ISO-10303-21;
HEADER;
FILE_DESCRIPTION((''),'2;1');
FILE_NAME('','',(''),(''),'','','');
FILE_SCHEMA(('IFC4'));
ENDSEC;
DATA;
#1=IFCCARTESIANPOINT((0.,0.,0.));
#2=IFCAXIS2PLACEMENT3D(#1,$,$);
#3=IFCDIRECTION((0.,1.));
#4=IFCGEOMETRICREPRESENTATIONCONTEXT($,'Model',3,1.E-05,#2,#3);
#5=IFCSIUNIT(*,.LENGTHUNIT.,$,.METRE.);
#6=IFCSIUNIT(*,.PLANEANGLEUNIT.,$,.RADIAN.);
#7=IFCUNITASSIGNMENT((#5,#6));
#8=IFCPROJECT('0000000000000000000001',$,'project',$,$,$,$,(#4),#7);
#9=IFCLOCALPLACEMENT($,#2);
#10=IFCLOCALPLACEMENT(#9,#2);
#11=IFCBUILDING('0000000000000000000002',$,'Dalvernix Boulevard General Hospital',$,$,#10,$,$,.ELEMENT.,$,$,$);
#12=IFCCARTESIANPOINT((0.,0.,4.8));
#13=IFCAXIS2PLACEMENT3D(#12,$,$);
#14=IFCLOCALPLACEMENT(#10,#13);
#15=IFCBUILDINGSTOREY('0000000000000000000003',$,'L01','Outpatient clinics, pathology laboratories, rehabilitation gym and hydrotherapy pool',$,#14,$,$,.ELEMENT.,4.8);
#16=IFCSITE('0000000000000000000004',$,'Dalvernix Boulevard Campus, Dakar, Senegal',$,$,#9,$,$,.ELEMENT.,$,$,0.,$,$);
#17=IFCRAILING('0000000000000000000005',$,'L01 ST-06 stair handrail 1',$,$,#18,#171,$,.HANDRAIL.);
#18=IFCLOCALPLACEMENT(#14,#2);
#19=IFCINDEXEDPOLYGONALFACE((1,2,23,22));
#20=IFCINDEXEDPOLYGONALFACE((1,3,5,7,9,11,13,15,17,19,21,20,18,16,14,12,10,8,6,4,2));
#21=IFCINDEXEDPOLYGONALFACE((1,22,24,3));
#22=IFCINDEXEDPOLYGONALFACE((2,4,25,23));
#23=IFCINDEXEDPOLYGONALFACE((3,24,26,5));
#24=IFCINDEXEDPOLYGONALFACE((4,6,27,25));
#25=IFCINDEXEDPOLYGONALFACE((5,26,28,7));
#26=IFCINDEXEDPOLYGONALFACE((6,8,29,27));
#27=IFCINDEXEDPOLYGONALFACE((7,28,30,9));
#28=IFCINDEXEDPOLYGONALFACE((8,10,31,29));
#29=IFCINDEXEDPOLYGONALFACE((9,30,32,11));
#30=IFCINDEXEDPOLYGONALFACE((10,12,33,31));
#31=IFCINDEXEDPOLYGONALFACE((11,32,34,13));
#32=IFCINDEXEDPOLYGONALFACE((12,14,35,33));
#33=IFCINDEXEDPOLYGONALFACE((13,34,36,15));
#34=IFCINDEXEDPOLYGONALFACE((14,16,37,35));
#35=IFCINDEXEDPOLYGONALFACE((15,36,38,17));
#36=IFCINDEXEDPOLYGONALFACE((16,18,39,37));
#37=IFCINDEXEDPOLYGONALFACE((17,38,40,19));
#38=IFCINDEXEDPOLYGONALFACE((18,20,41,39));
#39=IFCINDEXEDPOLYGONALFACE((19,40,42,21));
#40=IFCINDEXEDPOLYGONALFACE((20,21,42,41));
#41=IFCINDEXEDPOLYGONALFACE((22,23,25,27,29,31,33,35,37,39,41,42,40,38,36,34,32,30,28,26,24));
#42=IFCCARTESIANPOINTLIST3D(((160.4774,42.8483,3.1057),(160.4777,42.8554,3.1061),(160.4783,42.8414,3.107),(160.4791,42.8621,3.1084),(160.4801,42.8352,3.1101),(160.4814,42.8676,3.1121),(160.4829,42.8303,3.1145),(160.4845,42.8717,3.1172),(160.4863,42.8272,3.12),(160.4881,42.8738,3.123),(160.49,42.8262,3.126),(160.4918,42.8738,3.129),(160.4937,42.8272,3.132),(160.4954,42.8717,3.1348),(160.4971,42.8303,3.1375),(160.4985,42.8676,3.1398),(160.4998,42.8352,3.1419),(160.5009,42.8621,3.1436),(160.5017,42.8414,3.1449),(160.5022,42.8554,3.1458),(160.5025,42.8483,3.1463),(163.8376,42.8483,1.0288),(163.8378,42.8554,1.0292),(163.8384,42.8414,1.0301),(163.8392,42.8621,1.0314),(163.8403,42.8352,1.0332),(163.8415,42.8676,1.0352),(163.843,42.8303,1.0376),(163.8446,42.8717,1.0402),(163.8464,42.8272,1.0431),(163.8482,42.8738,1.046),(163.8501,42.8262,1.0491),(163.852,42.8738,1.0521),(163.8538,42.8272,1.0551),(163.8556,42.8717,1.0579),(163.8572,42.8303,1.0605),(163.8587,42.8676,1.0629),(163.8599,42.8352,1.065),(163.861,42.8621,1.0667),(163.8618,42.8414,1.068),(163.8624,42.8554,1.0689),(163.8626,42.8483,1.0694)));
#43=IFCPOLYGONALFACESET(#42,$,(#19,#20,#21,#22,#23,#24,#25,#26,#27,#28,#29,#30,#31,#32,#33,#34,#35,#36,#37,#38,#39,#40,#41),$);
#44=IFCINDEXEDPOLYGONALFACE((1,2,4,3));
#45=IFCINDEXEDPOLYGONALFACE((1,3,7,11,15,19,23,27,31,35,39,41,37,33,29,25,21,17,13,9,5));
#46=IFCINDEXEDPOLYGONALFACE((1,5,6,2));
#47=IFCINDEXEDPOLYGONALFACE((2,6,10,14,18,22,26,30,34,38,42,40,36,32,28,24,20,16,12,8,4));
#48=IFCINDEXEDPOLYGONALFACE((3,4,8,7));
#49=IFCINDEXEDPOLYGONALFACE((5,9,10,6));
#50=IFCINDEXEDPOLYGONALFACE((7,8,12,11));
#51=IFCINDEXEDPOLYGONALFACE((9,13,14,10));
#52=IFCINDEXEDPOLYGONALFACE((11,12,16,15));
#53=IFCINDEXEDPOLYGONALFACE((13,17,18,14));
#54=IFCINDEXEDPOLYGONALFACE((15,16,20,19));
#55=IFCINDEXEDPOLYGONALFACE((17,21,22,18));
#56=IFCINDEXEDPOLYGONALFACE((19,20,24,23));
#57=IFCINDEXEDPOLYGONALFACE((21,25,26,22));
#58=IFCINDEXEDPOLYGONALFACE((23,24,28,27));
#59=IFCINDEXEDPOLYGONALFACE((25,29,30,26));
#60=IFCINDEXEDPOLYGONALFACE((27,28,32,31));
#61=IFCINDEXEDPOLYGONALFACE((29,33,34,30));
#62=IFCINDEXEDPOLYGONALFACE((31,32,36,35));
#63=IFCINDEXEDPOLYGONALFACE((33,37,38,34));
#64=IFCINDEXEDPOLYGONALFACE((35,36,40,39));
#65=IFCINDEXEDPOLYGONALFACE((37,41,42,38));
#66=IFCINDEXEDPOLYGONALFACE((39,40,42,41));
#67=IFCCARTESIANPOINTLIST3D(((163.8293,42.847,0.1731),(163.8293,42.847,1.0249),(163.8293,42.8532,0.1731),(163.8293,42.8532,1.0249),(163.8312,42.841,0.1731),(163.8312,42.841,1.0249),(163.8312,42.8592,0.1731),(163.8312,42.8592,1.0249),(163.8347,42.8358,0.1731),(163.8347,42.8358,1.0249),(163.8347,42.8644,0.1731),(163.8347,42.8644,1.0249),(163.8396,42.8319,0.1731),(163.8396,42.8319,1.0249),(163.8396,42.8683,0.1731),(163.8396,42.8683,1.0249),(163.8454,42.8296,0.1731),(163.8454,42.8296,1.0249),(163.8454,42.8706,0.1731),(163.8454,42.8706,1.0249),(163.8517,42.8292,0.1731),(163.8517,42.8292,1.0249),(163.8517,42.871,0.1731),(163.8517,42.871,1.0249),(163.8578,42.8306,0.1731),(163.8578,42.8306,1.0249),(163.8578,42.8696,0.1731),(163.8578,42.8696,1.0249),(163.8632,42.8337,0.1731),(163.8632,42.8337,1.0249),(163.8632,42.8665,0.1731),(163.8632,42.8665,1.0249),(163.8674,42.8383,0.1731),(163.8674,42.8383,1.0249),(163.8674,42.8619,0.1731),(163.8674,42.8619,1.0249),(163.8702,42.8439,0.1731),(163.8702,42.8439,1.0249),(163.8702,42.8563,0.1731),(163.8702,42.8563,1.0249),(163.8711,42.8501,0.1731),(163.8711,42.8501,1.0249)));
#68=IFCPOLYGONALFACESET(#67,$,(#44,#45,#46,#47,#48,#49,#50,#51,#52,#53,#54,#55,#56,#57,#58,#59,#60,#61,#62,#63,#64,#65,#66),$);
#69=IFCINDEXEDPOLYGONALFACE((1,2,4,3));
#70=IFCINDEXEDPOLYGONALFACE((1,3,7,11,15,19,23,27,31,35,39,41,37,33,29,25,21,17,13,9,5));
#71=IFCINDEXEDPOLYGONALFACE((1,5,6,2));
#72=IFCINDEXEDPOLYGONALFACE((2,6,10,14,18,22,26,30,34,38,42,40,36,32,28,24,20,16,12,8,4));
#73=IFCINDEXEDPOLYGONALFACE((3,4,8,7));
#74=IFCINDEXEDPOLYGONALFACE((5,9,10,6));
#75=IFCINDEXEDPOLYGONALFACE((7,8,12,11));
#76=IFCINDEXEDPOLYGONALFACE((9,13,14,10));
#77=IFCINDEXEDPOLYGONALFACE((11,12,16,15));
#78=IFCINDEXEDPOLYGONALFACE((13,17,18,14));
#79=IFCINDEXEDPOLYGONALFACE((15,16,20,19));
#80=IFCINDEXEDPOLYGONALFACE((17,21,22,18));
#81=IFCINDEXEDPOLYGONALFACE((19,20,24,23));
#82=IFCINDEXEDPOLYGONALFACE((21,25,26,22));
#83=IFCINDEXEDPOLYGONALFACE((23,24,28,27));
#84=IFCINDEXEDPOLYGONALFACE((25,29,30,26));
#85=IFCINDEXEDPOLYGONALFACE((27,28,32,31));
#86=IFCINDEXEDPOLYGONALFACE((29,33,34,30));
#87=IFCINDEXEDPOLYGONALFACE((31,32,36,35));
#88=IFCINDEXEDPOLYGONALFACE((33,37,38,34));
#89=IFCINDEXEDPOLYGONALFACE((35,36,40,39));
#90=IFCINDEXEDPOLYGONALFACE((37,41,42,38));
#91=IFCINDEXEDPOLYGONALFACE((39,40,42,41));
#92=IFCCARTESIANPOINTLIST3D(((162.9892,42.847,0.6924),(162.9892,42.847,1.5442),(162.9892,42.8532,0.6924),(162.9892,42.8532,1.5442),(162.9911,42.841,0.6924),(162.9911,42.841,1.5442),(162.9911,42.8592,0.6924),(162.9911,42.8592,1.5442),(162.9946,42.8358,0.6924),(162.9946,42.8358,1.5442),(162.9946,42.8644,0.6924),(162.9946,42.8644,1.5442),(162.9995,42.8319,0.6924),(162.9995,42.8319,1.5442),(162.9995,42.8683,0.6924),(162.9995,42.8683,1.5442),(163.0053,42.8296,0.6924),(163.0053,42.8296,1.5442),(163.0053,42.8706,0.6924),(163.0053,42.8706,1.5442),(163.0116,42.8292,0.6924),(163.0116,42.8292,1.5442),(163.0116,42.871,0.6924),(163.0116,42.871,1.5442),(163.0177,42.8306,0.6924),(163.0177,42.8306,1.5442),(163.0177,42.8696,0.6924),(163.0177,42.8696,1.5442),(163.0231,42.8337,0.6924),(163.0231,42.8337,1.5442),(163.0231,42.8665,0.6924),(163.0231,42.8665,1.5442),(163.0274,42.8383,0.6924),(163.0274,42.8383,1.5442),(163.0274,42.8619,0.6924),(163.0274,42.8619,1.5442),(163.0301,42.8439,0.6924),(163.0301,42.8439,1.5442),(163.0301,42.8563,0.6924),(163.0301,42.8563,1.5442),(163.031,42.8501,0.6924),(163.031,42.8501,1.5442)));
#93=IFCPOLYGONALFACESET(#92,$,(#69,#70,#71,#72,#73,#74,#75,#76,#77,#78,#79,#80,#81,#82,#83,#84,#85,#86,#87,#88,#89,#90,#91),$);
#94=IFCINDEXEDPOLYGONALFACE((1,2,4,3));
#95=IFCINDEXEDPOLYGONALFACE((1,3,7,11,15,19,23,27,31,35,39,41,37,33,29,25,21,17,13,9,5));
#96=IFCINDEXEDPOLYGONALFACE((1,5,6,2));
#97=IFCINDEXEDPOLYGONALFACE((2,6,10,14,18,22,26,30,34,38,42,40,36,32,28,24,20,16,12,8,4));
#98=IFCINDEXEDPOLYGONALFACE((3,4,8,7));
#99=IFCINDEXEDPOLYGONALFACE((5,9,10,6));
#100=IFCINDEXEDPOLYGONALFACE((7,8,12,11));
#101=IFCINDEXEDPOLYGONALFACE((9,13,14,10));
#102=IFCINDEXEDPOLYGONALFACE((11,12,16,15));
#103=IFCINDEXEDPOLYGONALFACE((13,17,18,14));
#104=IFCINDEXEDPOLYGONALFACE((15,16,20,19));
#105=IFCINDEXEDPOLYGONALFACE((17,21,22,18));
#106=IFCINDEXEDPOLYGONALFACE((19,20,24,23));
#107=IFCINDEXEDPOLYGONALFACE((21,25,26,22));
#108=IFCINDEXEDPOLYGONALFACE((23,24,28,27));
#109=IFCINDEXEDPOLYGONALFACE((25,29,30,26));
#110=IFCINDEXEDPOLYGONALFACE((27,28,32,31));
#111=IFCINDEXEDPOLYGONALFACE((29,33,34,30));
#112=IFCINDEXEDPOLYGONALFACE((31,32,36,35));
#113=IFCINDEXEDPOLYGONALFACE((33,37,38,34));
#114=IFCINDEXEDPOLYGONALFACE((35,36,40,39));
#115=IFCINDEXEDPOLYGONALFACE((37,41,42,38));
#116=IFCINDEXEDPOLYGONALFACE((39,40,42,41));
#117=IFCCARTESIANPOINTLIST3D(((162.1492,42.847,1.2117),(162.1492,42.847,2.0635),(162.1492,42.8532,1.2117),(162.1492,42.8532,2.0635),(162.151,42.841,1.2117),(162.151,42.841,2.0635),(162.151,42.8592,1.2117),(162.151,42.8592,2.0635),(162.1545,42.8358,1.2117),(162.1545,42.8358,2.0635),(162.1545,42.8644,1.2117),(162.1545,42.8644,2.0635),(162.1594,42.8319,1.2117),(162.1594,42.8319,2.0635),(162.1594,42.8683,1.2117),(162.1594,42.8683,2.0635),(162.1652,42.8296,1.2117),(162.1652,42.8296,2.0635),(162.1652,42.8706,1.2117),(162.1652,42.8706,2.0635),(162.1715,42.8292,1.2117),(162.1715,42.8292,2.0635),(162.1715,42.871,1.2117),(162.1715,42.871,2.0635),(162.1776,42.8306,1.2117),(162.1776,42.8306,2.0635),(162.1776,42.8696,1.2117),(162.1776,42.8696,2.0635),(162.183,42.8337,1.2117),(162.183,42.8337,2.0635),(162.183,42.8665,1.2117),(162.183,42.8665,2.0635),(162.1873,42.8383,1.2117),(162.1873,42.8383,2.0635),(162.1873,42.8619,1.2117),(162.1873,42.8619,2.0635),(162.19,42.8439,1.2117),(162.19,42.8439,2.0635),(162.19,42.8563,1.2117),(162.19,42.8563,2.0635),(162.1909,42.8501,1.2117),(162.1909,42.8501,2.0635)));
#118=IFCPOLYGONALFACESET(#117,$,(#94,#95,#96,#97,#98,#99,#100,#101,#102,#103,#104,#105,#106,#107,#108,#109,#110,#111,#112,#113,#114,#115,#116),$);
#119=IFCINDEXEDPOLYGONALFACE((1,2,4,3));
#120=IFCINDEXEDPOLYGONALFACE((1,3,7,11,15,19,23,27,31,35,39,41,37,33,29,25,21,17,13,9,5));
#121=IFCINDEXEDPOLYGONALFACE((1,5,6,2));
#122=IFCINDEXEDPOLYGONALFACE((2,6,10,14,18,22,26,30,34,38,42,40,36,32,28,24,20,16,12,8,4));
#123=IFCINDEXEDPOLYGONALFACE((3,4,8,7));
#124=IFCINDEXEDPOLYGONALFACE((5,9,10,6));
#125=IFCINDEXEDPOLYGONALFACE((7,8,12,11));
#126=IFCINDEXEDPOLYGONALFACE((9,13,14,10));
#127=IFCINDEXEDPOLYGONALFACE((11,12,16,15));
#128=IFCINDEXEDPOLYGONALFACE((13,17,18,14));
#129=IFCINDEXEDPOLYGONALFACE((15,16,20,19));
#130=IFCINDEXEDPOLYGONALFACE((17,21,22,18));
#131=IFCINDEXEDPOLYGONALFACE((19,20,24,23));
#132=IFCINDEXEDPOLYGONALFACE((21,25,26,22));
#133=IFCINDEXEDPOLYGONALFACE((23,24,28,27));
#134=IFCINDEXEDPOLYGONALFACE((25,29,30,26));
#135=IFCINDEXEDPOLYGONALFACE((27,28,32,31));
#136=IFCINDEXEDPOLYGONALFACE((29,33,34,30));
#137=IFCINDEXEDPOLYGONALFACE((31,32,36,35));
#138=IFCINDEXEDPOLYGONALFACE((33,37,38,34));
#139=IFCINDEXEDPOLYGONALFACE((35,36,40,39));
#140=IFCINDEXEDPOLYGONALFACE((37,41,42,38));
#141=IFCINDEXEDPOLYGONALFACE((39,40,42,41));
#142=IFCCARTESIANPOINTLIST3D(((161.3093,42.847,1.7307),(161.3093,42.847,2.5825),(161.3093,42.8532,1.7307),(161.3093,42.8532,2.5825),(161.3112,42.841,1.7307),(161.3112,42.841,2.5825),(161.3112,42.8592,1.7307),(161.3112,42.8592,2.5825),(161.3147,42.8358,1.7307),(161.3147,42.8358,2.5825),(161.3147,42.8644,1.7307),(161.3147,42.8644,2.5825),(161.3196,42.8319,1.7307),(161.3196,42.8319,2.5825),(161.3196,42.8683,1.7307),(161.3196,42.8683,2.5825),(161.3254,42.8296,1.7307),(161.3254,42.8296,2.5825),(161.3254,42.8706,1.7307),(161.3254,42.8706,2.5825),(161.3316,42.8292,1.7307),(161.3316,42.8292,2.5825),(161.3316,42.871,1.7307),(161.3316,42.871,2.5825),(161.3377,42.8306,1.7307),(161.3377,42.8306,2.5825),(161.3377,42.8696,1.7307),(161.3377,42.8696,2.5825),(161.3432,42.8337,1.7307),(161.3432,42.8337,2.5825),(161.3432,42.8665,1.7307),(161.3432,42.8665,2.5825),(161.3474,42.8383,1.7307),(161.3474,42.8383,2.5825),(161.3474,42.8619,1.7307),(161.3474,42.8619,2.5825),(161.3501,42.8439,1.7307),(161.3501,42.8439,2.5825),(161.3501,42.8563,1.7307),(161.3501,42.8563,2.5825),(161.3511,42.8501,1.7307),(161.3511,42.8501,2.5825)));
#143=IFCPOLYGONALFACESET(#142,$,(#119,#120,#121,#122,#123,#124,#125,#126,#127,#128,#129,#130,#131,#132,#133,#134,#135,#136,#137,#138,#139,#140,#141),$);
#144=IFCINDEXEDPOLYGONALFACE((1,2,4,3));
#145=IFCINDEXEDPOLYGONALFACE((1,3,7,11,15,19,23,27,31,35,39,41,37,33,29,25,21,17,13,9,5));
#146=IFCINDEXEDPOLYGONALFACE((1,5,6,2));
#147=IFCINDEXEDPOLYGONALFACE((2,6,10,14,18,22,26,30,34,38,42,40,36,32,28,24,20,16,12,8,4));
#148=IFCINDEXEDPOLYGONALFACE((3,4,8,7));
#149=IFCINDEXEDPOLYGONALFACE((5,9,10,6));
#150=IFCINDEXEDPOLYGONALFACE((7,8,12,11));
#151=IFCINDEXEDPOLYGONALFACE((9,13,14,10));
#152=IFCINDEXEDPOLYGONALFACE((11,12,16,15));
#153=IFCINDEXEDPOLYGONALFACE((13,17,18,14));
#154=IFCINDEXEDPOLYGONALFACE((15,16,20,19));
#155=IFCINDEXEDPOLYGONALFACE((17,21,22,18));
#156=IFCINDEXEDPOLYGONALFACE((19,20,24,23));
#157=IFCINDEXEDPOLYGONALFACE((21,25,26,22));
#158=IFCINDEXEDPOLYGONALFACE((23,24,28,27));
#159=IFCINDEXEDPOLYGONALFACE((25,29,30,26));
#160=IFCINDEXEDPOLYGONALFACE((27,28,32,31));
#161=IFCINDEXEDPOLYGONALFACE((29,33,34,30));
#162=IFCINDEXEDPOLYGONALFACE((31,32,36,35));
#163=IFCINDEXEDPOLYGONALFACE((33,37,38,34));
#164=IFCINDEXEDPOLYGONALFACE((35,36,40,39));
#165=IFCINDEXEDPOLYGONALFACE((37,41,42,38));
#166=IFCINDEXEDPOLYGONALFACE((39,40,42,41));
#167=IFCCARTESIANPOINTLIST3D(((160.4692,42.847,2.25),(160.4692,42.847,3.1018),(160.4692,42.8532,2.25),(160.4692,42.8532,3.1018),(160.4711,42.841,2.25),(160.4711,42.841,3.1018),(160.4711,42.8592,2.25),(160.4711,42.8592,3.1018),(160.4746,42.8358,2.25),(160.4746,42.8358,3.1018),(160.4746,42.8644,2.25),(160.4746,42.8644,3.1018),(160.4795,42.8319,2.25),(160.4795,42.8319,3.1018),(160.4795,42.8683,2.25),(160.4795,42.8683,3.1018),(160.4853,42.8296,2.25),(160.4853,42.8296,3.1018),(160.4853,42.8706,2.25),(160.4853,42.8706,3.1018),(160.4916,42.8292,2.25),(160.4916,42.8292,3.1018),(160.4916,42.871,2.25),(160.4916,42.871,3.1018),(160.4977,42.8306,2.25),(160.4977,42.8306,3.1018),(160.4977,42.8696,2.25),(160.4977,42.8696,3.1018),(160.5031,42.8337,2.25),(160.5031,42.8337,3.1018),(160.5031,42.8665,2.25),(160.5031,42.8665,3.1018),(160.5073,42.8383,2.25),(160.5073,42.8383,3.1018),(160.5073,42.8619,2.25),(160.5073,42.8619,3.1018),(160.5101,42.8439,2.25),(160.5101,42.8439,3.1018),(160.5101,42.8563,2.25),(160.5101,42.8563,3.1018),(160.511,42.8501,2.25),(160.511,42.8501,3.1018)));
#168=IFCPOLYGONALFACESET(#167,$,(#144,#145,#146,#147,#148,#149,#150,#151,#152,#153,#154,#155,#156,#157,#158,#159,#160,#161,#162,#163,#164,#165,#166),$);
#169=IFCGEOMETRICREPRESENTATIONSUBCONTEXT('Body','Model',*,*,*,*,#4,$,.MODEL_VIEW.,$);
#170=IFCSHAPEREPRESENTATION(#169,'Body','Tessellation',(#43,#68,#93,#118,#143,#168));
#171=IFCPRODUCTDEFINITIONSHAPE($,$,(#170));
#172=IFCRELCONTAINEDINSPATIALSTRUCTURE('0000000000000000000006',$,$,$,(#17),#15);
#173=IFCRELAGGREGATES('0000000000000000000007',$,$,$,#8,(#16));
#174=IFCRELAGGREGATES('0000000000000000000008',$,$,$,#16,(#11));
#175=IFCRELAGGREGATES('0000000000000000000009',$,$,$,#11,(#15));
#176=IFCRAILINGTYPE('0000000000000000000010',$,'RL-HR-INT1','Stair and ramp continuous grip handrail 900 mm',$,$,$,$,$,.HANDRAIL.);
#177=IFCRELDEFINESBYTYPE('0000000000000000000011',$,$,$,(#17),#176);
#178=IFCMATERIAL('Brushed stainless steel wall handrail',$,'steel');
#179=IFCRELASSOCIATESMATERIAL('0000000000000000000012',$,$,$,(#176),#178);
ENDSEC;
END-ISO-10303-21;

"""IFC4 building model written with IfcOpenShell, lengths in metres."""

from ifc_helpers import new_model, si_unit, direction, frame, origin, origin_2d, place, context, subcontext, project, spatial, circle, extrude, material, type_object, element, save


model = new_model("IFC4")

# Units and contexts
model_context = context("Model", 3, precision=1e-05, world=origin(), true_north=direction((0.0, 1.0)))
body_context = subcontext(model_context, "Body", "Model", "MODEL_VIEW")
ifc_project = project(units=[si_unit("LENGTHUNIT", "METRE"), si_unit("PLANEANGLEUNIT", "RADIAN")], contexts=[model_context])

# Site, building, storey
site_placement = place(None, origin())
site = spatial("IfcSite", under=ifc_project, at=site_placement, Name="Dalvernix Boulevard Campus, Dakar, Senegal", CompositionType="ELEMENT", RefElevation=0.0)
building_placement = place(site_placement, origin())
building = spatial("IfcBuilding", under=site, at=building_placement, Name="Dalvernix Boulevard General Hospital", CompositionType="ELEMENT")
storey_placement = place(building_placement, frame((0.0, 0.0, 4.8)))
storey = spatial("IfcBuildingStorey", under=building, at=storey_placement, Name="L01", Description="Outpatient clinics, pathology laboratories, rehabilitation gym and hydrotherapy pool", CompositionType="ELEMENT", Elevation=4.8)

# Railing
ifc_material_1 = material(Name="Brushed stainless steel wall handrail", Category="steel")
railing_type_1 = type_object("IfcRailingType", Name="RL-HR-INT1", Description="Stair and ramp continuous grip handrail 900 mm", PredefinedType="HANDRAIL", material=ifc_material_1)
railing_1_placement = place(storey_placement, frame((163.8501, 42.8501, 0.1731)))
element("IfcRailing", 1, at=railing_1_placement, inside=storey, type_object=railing_type_1, Name="L01 ST-06 stair handrail 1", PredefinedType="HANDRAIL", context=body_context, shape_type="SweptSolid", body=[
    extrude(circle(Radius=0.0239, at=origin_2d()), frame((0.0, 0.0, 0.876), z_axis=(-0.850623, 0.0, 0.525776), x_axis=(0.0, -1.0, 0.0)), (0.0, 0.0, 1.0), 3.9502),
    extrude(circle(Radius=0.021, at=origin_2d()), origin(), (0.0, 0.0, 1.0), 0.8518),
    extrude(circle(Radius=0.021, at=origin_2d()), frame((-0.8401, 0.0, 0.5193)), (0.0, 0.0, 1.0), 0.8518),
    extrude(circle(Radius=0.021, at=origin_2d()), frame((-1.6802, 0.0, 1.0386)), (0.0, 0.0, 1.0), 0.8518),
    extrude(circle(Radius=0.021, at=origin_2d()), frame((-2.52, 0.0, 1.5576)), (0.0, 0.0, 1.0), 0.8518),
    extrude(circle(Radius=0.021, at=origin_2d()), frame((-3.3601, 0.0, 2.0769)), (0.0, 0.0, 1.0), 0.8518),
])

save(model, "model.ifc")
